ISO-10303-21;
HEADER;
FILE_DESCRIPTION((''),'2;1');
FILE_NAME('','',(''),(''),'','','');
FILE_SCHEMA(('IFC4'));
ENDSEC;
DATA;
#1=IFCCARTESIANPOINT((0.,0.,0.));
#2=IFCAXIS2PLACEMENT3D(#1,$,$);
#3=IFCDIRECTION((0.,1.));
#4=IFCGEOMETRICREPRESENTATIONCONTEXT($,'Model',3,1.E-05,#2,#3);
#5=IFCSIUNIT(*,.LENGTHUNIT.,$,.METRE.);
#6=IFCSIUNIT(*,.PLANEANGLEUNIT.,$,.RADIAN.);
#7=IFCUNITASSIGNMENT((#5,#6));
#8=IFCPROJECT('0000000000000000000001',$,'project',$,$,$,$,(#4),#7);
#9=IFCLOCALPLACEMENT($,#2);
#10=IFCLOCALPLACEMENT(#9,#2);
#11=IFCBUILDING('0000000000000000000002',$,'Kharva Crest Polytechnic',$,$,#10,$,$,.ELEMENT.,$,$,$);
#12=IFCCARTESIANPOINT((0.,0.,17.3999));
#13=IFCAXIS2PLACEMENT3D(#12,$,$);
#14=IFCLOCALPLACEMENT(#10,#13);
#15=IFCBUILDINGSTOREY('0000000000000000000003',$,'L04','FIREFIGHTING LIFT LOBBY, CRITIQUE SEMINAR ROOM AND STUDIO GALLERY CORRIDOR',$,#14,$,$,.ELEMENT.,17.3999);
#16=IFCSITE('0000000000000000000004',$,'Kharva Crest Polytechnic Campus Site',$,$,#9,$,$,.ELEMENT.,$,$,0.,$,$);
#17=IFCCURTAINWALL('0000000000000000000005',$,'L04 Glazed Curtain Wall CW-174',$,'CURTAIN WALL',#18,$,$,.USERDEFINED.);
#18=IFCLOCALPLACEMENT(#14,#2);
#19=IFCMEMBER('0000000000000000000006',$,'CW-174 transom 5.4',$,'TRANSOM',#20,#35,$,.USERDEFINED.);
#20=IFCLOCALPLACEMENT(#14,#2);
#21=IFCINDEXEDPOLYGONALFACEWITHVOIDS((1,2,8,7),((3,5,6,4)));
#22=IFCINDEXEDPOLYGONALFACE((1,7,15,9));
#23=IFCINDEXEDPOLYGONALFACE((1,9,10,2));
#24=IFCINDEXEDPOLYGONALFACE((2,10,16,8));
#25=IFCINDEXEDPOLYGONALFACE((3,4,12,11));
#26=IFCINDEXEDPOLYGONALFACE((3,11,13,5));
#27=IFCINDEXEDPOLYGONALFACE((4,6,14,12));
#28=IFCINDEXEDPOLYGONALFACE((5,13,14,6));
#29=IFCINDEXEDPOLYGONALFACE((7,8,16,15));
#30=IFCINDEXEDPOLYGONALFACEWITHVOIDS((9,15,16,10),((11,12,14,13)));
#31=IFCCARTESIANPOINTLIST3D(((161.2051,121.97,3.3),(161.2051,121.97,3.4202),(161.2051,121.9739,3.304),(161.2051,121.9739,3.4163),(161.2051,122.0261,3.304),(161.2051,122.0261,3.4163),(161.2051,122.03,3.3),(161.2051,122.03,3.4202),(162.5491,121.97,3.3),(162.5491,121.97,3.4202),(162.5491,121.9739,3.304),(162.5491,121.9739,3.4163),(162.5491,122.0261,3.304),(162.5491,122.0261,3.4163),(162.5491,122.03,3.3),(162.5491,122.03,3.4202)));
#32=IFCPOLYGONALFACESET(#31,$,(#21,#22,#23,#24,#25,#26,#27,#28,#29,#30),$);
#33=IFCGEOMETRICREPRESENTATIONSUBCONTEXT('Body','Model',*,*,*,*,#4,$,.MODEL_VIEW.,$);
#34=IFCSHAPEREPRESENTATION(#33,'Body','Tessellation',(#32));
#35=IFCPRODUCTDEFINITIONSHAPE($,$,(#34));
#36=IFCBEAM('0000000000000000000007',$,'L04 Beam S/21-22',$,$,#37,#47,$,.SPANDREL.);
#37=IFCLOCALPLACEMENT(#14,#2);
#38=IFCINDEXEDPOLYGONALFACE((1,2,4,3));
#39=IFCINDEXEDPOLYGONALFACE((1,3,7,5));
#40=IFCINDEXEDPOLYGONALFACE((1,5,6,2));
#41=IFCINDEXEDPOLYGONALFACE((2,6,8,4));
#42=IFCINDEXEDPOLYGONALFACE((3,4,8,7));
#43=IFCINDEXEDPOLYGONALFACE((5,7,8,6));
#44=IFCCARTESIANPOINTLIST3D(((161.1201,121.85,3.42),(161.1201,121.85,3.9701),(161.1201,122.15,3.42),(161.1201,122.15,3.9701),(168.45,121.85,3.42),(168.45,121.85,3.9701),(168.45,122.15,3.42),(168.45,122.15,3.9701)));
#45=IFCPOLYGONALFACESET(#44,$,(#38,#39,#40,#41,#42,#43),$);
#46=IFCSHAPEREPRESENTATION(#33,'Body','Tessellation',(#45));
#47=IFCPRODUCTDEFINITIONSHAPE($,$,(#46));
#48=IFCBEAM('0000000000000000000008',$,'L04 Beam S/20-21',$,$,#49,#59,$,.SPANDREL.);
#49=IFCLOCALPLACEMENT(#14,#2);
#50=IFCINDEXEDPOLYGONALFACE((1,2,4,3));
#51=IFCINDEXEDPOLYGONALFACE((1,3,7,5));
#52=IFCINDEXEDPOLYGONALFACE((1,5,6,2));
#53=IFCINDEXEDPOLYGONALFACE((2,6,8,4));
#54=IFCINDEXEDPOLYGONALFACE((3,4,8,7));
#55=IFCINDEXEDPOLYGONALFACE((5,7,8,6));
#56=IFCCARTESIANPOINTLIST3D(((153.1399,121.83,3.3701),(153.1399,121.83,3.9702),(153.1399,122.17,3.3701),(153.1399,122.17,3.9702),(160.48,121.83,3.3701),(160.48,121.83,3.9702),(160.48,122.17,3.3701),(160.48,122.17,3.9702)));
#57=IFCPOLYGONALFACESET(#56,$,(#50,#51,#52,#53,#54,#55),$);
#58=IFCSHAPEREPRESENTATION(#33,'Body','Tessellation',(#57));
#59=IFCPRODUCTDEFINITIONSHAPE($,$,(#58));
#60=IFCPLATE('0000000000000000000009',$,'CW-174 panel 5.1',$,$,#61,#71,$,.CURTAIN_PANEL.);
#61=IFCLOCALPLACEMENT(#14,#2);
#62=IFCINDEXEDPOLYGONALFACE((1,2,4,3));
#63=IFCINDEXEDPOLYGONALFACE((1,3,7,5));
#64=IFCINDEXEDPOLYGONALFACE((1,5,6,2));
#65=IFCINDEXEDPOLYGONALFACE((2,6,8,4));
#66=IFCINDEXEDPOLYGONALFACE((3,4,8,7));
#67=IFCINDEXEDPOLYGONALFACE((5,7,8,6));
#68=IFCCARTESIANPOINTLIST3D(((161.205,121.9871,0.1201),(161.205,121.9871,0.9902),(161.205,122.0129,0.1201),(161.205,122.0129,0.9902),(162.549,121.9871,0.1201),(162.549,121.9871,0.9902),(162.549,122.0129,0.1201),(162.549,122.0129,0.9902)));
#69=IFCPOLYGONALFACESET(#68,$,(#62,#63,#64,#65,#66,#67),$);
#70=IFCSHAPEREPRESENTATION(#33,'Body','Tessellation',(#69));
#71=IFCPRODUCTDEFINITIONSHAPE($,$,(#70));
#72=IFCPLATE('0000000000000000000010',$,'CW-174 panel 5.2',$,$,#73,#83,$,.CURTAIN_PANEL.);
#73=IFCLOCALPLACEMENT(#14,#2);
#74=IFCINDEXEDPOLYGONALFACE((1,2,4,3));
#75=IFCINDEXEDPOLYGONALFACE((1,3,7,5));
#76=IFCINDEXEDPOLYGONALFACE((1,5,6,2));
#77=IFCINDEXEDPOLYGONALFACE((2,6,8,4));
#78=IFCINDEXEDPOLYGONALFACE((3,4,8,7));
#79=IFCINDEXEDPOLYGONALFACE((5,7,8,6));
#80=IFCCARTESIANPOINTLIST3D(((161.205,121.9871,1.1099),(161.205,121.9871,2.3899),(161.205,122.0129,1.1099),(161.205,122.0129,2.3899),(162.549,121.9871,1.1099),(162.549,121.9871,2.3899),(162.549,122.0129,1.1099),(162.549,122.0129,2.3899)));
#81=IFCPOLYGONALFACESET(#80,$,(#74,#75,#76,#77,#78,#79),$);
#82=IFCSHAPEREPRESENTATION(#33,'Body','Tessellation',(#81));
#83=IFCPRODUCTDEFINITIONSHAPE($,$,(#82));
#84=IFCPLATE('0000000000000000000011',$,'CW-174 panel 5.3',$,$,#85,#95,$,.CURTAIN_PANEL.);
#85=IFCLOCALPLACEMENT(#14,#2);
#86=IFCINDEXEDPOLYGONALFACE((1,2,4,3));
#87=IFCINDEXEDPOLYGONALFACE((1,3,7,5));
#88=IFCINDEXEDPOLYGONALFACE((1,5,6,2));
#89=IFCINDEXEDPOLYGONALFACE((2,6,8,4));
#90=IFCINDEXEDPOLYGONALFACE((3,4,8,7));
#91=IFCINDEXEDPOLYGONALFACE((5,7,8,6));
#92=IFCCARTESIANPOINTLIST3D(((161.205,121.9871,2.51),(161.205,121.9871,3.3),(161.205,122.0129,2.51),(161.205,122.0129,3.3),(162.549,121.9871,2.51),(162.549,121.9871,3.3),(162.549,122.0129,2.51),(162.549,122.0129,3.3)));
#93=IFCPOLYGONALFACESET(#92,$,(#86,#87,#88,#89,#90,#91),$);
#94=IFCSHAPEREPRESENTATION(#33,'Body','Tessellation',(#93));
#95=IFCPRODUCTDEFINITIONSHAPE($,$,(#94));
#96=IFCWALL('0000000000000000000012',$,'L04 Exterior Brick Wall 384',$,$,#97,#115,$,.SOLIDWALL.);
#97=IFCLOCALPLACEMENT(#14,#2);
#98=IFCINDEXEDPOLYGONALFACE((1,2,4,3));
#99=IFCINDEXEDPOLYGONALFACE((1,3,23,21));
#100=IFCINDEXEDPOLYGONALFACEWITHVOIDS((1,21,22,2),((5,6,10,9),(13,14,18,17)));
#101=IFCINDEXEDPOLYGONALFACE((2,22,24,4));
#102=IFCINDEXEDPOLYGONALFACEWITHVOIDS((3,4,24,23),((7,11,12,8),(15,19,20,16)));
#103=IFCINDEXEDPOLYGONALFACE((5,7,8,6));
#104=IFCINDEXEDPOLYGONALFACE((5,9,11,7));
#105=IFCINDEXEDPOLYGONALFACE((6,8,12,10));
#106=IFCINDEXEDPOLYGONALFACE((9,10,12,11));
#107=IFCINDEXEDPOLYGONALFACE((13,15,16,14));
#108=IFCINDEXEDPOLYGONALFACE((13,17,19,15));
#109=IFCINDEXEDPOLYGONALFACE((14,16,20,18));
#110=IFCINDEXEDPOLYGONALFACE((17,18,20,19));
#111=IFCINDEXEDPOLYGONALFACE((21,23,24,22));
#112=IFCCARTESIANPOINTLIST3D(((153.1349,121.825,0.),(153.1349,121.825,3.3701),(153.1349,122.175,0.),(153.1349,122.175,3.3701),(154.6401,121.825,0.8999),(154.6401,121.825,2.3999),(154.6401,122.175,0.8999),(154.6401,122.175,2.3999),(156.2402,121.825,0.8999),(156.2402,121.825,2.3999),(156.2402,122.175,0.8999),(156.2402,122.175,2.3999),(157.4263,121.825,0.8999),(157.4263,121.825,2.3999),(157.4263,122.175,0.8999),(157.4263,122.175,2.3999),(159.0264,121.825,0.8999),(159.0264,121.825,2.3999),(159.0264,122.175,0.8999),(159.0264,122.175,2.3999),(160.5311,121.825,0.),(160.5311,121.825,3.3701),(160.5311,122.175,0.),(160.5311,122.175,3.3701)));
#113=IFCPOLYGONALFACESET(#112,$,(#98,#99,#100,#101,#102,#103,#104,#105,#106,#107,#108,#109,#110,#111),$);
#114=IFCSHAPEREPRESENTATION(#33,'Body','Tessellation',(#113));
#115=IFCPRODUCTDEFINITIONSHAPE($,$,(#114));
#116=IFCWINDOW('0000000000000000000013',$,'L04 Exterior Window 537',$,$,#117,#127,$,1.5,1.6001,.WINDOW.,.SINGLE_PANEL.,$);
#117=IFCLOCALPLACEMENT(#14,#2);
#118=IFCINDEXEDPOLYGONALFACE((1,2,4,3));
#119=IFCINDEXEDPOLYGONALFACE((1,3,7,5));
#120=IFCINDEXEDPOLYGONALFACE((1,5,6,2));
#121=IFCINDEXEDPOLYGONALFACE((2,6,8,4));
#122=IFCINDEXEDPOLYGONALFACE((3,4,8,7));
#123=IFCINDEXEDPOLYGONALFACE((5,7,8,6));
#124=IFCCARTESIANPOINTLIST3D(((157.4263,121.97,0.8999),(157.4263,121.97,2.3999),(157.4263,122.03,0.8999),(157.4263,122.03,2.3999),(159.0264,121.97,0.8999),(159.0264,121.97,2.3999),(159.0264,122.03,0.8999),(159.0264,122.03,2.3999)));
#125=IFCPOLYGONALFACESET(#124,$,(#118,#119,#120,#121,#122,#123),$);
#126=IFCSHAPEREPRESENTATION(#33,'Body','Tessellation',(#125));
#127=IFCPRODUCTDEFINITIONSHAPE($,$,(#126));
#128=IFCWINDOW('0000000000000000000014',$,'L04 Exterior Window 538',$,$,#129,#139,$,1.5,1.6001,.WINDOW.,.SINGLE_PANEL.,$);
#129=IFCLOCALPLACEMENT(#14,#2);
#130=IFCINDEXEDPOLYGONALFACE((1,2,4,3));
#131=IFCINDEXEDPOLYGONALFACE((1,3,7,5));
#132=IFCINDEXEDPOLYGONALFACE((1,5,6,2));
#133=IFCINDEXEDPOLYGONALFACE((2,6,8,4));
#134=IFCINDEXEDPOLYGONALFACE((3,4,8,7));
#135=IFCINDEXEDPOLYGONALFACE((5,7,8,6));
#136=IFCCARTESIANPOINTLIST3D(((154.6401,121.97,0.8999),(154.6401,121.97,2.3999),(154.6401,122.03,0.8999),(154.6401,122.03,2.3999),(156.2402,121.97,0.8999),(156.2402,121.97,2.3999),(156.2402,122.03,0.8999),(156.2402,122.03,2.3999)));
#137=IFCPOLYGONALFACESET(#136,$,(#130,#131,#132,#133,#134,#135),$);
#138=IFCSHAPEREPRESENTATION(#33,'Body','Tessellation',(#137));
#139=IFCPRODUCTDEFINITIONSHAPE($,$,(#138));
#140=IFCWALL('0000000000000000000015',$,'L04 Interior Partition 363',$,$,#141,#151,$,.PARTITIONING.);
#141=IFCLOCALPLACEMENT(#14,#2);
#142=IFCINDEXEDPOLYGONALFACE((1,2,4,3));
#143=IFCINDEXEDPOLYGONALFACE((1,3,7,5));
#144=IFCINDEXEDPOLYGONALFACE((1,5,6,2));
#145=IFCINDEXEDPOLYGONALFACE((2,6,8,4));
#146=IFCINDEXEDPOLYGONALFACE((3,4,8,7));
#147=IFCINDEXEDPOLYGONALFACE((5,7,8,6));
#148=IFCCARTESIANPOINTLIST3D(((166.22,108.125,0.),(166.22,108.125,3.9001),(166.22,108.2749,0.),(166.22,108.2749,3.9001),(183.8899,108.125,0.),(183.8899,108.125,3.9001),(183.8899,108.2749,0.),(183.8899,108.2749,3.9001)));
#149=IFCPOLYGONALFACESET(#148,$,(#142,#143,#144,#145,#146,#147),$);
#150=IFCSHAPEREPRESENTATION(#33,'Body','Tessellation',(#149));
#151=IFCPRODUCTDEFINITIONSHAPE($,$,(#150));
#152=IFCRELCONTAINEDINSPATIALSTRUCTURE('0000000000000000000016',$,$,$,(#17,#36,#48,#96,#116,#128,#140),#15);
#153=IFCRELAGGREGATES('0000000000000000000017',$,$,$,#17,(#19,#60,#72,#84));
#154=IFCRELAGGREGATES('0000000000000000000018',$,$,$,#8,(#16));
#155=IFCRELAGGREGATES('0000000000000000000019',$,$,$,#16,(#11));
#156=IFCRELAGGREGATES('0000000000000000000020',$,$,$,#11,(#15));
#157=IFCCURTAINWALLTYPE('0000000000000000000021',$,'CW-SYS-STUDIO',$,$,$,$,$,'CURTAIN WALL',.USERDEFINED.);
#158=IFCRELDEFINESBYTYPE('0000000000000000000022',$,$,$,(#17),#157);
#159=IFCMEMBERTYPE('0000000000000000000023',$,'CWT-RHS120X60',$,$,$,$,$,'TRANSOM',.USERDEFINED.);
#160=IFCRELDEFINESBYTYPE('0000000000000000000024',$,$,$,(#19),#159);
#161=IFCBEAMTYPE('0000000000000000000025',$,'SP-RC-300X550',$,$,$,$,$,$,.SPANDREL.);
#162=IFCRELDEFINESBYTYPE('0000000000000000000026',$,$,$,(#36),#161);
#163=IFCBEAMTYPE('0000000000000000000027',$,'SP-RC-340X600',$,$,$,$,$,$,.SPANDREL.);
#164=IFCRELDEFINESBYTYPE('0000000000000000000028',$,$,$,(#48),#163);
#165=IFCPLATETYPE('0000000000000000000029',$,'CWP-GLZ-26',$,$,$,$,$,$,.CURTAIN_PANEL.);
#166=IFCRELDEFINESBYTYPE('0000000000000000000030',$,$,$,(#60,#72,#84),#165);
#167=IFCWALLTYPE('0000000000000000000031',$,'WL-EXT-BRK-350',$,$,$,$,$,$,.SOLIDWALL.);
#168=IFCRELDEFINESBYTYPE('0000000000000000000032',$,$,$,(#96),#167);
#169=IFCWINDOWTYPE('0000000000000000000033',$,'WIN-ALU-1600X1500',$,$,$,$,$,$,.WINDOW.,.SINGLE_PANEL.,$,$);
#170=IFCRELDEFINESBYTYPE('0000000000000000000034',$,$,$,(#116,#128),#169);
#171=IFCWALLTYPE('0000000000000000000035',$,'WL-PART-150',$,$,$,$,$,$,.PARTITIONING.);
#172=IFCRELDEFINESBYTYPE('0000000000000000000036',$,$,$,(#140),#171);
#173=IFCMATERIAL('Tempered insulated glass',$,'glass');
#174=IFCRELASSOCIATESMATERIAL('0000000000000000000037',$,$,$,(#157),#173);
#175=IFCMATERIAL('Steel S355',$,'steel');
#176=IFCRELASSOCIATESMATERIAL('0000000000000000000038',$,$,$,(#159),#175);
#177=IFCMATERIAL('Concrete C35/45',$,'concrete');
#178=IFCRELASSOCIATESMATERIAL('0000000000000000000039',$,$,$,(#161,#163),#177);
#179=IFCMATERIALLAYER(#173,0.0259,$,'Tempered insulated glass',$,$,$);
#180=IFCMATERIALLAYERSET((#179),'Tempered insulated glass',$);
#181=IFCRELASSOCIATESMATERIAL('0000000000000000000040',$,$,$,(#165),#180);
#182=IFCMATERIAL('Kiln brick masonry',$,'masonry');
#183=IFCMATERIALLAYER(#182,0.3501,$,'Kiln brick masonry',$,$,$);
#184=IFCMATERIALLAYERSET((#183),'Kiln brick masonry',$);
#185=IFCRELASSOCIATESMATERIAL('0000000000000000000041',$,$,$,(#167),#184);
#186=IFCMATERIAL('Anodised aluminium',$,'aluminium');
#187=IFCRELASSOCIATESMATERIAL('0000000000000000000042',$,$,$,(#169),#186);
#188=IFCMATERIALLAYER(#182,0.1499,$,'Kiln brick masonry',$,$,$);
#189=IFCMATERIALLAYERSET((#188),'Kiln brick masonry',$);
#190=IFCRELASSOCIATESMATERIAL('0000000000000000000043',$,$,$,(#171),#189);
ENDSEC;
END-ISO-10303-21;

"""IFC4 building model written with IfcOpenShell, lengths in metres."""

from ifc_helpers import new_model, si_unit, direction, frame, frame_2d, origin, origin_2d, place, context, subcontext, project, spatial, rectangle, hollow_rectangle, extrude, material, layer, layer_set, material_profile, profile_set, type_object, element, fill, aggregate, save


model = new_model("IFC4")

# Units and contexts
model_context = context("Model", 3, precision=1e-05, world=origin(), true_north=direction((0.0, 1.0)))
body_context = subcontext(model_context, "Body", "Model", "MODEL_VIEW")
ifc_project = project(units=[si_unit("LENGTHUNIT", "METRE"), si_unit("PLANEANGLEUNIT", "RADIAN")], contexts=[model_context])

# Site, building, storey
site_placement = place(None, origin())
site = spatial("IfcSite", under=ifc_project, at=site_placement, Name="Kharva Crest Polytechnic Campus Site", CompositionType="ELEMENT", RefElevation=0.0)
building_placement = place(site_placement, origin())
building = spatial("IfcBuilding", under=site, at=building_placement, Name="Kharva Crest Polytechnic", CompositionType="ELEMENT")
storey_placement = place(building_placement, frame((0.0, 0.0, 17.3999)))
storey = spatial("IfcBuildingStorey", under=building, at=storey_placement, Name="L04", Description="FIREFIGHTING LIFT LOBBY, CRITIQUE SEMINAR ROOM AND STUDIO GALLERY CORRIDOR", CompositionType="ELEMENT", Elevation=17.3999)

# Shared definitions
ifc_material_1 = material(Name="Concrete C35/45", Category="concrete")

# Curtain wall, member
ifc_material_2 = material(Name="Tempered insulated glass", Category="glass")
curtain_wall_type = type_object("IfcCurtainWallType", Name="CW-SYS-STUDIO", ElementType="CURTAIN WALL", PredefinedType="USERDEFINED", material=ifc_material_2)
curtain_wall_placement = place(storey_placement, origin())
curtain_wall = element("IfcCurtainWall", 1, at=curtain_wall_placement, inside=storey, type_object=curtain_wall_type, Name="L04 Glazed Curtain Wall CW-174", ObjectType="CURTAIN WALL", PredefinedType="USERDEFINED")
ifc_material_3 = material(Name="Steel S355", Category="steel")
ifc_material_profile_1 = material_profile(ifc_material_3, hollow_rectangle(XDim=0.0601, YDim=0.1201, WallThickness=0.0039, at=origin_2d()), Name="RHS 120X60X4.0")
ifc_profile_set_1 = profile_set([ifc_material_profile_1], Name="Steel S355")
member_type_1 = type_object("IfcMemberType", Name="CWT-RHS120X60", ElementType="TRANSOM", PredefinedType="USERDEFINED", material=ifc_profile_set_1)
member_1_placement = place(storey_placement, frame((162.5491, 122.0, 3.3601), z_axis=(-1.0, 0.0, 0.0), x_axis=(0.0, -1.0, 0.0)))
member_1 = element("IfcMember", 2, at=member_1_placement, type_object=member_type_1, Name="CW-174 transom 5.4", ObjectType="TRANSOM", PredefinedType="USERDEFINED", context=body_context, shape_type="SweptSolid", body=[
    extrude(hollow_rectangle(XDim=0.0601, YDim=0.1201, WallThickness=0.0039, at=origin_2d()), origin(), (0.0, 0.0, 1.0), 1.344),
])

# Beams
ifc_material_profile_2 = material_profile(ifc_material_1, rectangle(XDim=0.3, YDim=0.55, at=origin_2d()), Name="RECT 300 X 550")
ifc_profile_set_2 = profile_set([ifc_material_profile_2], Name="Concrete C35/45")
beam_type_1 = type_object("IfcBeamType", Name="SP-RC-300X550", PredefinedType="SPANDREL", material=ifc_profile_set_2)
beam_1_placement = place(storey_placement, frame((161.1201, 122.0, 3.6951), z_axis=(1.0, 0.0, 0.0), x_axis=(0.0, 1.0, 0.0)))
element("IfcBeam", 3, at=beam_1_placement, inside=storey, type_object=beam_type_1, Name="L04 Beam S/21-22", PredefinedType="SPANDREL", context=body_context, shape_type="SweptSolid", body=[
    extrude(rectangle(XDim=0.3, YDim=0.55, at=origin_2d()), origin(), (0.0, 0.0, 1.0), 7.3298),
])
ifc_material_profile_3 = material_profile(ifc_material_1, rectangle(XDim=0.3401, YDim=0.6001, at=origin_2d()), Name="RECT 340 X 600")
ifc_profile_set_3 = profile_set([ifc_material_profile_3], Name="Concrete C35/45")
beam_type_2 = type_object("IfcBeamType", Name="SP-RC-340X600", PredefinedType="SPANDREL", material=ifc_profile_set_3)
beam_2_placement = place(storey_placement, frame((153.1399, 122.0, 3.6702), z_axis=(1.0, 0.0, 0.0), x_axis=(0.0, 1.0, 0.0)))
element("IfcBeam", 4, at=beam_2_placement, inside=storey, type_object=beam_type_2, Name="L04 Beam S/20-21", PredefinedType="SPANDREL", context=body_context, shape_type="SweptSolid", body=[
    extrude(rectangle(XDim=0.3401, YDim=0.6001, at=origin_2d()), origin(), (0.0, 0.0, 1.0), 7.3401),
])

# Plates
ifc_layer_1 = layer(ifc_material_2, 0.0259, Name="Tempered insulated glass")
ifc_layer_set_1 = layer_set([ifc_layer_1], Name="Tempered insulated glass")
plate_type = type_object("IfcPlateType", Name="CWP-GLZ-26", PredefinedType="CURTAIN_PANEL", material=ifc_layer_set_1)
plate_1_placement = place(storey_placement, frame((161.877, 122.0, 0.1201), z_axis=(0.0, 0.0, 1.0), x_axis=(-1.0, 0.0, 0.0)))
plate_1 = element("IfcPlate", 5, at=plate_1_placement, type_object=plate_type, Name="CW-174 panel 5.1", PredefinedType="CURTAIN_PANEL", context=body_context, shape_type="SweptSolid", body=[
    extrude(rectangle(XDim=1.344, YDim=0.0259, at=origin_2d()), origin(), (0.0, 0.0, 1.0), 0.8701),
])
plate_2_placement = place(storey_placement, frame((161.877, 122.0, 1.1099), z_axis=(0.0, 0.0, 1.0), x_axis=(-1.0, 0.0, 0.0)))
plate_2 = element("IfcPlate", 6, at=plate_2_placement, type_object=plate_type, Name="CW-174 panel 5.2", PredefinedType="CURTAIN_PANEL", context=body_context, shape_type="SweptSolid", body=[
    extrude(rectangle(XDim=1.344, YDim=0.0259, at=origin_2d()), origin(), (0.0, 0.0, 1.0), 1.28),
])
plate_3_placement = place(storey_placement, frame((161.877, 122.0, 2.51), z_axis=(0.0, 0.0, 1.0), x_axis=(-1.0, 0.0, 0.0)))
plate_3 = element("IfcPlate", 7, at=plate_3_placement, type_object=plate_type, Name="CW-174 panel 5.3", PredefinedType="CURTAIN_PANEL", context=body_context, shape_type="SweptSolid", body=[
    extrude(rectangle(XDim=1.344, YDim=0.0259, at=origin_2d()), origin(), (0.0, 0.0, 1.0), 0.79),
])
aggregate(curtain_wall, [member_1, plate_1, plate_2, plate_3])

# Wall, openings, windows
ifc_material_4 = material(Name="Kiln brick masonry", Category="masonry")
ifc_layer_2 = layer(ifc_material_4, 0.3501, Name="Kiln brick masonry")
ifc_layer_set_2 = layer_set([ifc_layer_2], Name="Kiln brick masonry")
wall_type_1 = type_object("IfcWallType", Name="WL-EXT-BRK-350", PredefinedType="SOLIDWALL", material=ifc_layer_set_2)
wall_1_placement = place(storey_placement, frame((160.5312, 122.0, 0.0), z_axis=(0.0, 0.0, 1.0), x_axis=(-1.0, 0.0, 0.0)))
wall_1 = element("IfcWall", 8, at=wall_1_placement, inside=storey, type_object=wall_type_1, Name="L04 Exterior Brick Wall 384", PredefinedType="SOLIDWALL", context=body_context, shape_type="SweptSolid", body=[
    extrude(rectangle(XDim=7.3962, YDim=0.3501, at=frame_2d((3.6982, 0.0))), origin(), (0.0, 0.0, 1.0), 3.3701),
])
opening_1_placement = place(wall_1_placement, frame((1.5049, 0.0, 0.8999)))
opening_1 = element("IfcOpeningElement", 9, at=opening_1_placement, cuts=wall_1, PredefinedType="OPENING", context=body_context, shape_type="SweptSolid", body=[
    extrude(rectangle(XDim=1.6001, YDim=1.5, at=frame_2d((0.8, 0.75))), frame((0.0, 0.1851, 0.0), z_axis=(0.0, -1.0, 0.0), x_axis=(1.0, 0.0, 0.0)), (0.0, 0.0, 1.0), 0.3701),
])
opening_2_placement = place(wall_1_placement, frame((4.291, 0.0, 0.8999)))
opening_2 = element("IfcOpeningElement", 10, at=opening_2_placement, cuts=wall_1, PredefinedType="OPENING", context=body_context, shape_type="SweptSolid", body=[
    extrude(rectangle(XDim=1.6001, YDim=1.5, at=frame_2d((0.8, 0.75))), frame((0.0, 0.1851, 0.0), z_axis=(0.0, -1.0, 0.0), x_axis=(1.0, 0.0, 0.0)), (0.0, 0.0, 1.0), 0.3701),
])
ifc_material_5 = material(Name="Anodised aluminium", Category="aluminium")
window_type = type_object("IfcWindowType", Name="WIN-ALU-1600X1500", PartitioningType="SINGLE_PANEL", PredefinedType="WINDOW", material=ifc_material_5)
window_1_placement = place(opening_1_placement, origin())
window_1 = element("IfcWindow", 11, at=window_1_placement, inside=storey, type_object=window_type, Name="L04 Exterior Window 537", OverallHeight=1.5, OverallWidth=1.6001, PartitioningType="SINGLE_PANEL", PredefinedType="WINDOW", context=body_context, shape_type="SweptSolid", body=[
    extrude(rectangle(XDim=1.6001, YDim=1.5, at=frame_2d((0.8, 0.75))), frame((0.0, 0.03, 0.0), z_axis=(0.0, -1.0, 0.0), x_axis=(1.0, 0.0, 0.0)), (0.0, 0.0, 1.0), 0.0601),
])
fill(opening_1, window_1)
window_2_placement = place(opening_2_placement, origin())
window_2 = element("IfcWindow", 12, at=window_2_placement, inside=storey, type_object=window_type, Name="L04 Exterior Window 538", OverallHeight=1.5, OverallWidth=1.6001, PartitioningType="SINGLE_PANEL", PredefinedType="WINDOW", context=body_context, shape_type="SweptSolid", body=[
    extrude(rectangle(XDim=1.6001, YDim=1.5, at=frame_2d((0.8, 0.75))), frame((0.0, 0.03, 0.0), z_axis=(0.0, -1.0, 0.0), x_axis=(1.0, 0.0, 0.0)), (0.0, 0.0, 1.0), 0.0601),
])
fill(opening_2, window_2)

# Wall
ifc_layer_3 = layer(ifc_material_4, 0.1499, Name="Kiln brick masonry")
ifc_layer_set_3 = layer_set([ifc_layer_3], Name="Kiln brick masonry")
wall_type_2 = type_object("IfcWallType", Name="WL-PART-150", PredefinedType="PARTITIONING", material=ifc_layer_set_3)
wall_2_placement = place(storey_placement, frame((166.22, 108.2, 0.0), z_axis=(0.0, 0.0, 1.0), x_axis=(1.0, 0.0, 0.0)))
element("IfcWall", 13, at=wall_2_placement, inside=storey, type_object=wall_type_2, Name="L04 Interior Partition 363", PredefinedType="PARTITIONING", context=body_context, shape_type="SweptSolid", body=[
    extrude(rectangle(XDim=17.6699, YDim=0.1499, at=frame_2d((8.835, 0.0))), origin(), (0.0, 0.0, 1.0), 3.9001),
])

save(model, "model.ifc")
